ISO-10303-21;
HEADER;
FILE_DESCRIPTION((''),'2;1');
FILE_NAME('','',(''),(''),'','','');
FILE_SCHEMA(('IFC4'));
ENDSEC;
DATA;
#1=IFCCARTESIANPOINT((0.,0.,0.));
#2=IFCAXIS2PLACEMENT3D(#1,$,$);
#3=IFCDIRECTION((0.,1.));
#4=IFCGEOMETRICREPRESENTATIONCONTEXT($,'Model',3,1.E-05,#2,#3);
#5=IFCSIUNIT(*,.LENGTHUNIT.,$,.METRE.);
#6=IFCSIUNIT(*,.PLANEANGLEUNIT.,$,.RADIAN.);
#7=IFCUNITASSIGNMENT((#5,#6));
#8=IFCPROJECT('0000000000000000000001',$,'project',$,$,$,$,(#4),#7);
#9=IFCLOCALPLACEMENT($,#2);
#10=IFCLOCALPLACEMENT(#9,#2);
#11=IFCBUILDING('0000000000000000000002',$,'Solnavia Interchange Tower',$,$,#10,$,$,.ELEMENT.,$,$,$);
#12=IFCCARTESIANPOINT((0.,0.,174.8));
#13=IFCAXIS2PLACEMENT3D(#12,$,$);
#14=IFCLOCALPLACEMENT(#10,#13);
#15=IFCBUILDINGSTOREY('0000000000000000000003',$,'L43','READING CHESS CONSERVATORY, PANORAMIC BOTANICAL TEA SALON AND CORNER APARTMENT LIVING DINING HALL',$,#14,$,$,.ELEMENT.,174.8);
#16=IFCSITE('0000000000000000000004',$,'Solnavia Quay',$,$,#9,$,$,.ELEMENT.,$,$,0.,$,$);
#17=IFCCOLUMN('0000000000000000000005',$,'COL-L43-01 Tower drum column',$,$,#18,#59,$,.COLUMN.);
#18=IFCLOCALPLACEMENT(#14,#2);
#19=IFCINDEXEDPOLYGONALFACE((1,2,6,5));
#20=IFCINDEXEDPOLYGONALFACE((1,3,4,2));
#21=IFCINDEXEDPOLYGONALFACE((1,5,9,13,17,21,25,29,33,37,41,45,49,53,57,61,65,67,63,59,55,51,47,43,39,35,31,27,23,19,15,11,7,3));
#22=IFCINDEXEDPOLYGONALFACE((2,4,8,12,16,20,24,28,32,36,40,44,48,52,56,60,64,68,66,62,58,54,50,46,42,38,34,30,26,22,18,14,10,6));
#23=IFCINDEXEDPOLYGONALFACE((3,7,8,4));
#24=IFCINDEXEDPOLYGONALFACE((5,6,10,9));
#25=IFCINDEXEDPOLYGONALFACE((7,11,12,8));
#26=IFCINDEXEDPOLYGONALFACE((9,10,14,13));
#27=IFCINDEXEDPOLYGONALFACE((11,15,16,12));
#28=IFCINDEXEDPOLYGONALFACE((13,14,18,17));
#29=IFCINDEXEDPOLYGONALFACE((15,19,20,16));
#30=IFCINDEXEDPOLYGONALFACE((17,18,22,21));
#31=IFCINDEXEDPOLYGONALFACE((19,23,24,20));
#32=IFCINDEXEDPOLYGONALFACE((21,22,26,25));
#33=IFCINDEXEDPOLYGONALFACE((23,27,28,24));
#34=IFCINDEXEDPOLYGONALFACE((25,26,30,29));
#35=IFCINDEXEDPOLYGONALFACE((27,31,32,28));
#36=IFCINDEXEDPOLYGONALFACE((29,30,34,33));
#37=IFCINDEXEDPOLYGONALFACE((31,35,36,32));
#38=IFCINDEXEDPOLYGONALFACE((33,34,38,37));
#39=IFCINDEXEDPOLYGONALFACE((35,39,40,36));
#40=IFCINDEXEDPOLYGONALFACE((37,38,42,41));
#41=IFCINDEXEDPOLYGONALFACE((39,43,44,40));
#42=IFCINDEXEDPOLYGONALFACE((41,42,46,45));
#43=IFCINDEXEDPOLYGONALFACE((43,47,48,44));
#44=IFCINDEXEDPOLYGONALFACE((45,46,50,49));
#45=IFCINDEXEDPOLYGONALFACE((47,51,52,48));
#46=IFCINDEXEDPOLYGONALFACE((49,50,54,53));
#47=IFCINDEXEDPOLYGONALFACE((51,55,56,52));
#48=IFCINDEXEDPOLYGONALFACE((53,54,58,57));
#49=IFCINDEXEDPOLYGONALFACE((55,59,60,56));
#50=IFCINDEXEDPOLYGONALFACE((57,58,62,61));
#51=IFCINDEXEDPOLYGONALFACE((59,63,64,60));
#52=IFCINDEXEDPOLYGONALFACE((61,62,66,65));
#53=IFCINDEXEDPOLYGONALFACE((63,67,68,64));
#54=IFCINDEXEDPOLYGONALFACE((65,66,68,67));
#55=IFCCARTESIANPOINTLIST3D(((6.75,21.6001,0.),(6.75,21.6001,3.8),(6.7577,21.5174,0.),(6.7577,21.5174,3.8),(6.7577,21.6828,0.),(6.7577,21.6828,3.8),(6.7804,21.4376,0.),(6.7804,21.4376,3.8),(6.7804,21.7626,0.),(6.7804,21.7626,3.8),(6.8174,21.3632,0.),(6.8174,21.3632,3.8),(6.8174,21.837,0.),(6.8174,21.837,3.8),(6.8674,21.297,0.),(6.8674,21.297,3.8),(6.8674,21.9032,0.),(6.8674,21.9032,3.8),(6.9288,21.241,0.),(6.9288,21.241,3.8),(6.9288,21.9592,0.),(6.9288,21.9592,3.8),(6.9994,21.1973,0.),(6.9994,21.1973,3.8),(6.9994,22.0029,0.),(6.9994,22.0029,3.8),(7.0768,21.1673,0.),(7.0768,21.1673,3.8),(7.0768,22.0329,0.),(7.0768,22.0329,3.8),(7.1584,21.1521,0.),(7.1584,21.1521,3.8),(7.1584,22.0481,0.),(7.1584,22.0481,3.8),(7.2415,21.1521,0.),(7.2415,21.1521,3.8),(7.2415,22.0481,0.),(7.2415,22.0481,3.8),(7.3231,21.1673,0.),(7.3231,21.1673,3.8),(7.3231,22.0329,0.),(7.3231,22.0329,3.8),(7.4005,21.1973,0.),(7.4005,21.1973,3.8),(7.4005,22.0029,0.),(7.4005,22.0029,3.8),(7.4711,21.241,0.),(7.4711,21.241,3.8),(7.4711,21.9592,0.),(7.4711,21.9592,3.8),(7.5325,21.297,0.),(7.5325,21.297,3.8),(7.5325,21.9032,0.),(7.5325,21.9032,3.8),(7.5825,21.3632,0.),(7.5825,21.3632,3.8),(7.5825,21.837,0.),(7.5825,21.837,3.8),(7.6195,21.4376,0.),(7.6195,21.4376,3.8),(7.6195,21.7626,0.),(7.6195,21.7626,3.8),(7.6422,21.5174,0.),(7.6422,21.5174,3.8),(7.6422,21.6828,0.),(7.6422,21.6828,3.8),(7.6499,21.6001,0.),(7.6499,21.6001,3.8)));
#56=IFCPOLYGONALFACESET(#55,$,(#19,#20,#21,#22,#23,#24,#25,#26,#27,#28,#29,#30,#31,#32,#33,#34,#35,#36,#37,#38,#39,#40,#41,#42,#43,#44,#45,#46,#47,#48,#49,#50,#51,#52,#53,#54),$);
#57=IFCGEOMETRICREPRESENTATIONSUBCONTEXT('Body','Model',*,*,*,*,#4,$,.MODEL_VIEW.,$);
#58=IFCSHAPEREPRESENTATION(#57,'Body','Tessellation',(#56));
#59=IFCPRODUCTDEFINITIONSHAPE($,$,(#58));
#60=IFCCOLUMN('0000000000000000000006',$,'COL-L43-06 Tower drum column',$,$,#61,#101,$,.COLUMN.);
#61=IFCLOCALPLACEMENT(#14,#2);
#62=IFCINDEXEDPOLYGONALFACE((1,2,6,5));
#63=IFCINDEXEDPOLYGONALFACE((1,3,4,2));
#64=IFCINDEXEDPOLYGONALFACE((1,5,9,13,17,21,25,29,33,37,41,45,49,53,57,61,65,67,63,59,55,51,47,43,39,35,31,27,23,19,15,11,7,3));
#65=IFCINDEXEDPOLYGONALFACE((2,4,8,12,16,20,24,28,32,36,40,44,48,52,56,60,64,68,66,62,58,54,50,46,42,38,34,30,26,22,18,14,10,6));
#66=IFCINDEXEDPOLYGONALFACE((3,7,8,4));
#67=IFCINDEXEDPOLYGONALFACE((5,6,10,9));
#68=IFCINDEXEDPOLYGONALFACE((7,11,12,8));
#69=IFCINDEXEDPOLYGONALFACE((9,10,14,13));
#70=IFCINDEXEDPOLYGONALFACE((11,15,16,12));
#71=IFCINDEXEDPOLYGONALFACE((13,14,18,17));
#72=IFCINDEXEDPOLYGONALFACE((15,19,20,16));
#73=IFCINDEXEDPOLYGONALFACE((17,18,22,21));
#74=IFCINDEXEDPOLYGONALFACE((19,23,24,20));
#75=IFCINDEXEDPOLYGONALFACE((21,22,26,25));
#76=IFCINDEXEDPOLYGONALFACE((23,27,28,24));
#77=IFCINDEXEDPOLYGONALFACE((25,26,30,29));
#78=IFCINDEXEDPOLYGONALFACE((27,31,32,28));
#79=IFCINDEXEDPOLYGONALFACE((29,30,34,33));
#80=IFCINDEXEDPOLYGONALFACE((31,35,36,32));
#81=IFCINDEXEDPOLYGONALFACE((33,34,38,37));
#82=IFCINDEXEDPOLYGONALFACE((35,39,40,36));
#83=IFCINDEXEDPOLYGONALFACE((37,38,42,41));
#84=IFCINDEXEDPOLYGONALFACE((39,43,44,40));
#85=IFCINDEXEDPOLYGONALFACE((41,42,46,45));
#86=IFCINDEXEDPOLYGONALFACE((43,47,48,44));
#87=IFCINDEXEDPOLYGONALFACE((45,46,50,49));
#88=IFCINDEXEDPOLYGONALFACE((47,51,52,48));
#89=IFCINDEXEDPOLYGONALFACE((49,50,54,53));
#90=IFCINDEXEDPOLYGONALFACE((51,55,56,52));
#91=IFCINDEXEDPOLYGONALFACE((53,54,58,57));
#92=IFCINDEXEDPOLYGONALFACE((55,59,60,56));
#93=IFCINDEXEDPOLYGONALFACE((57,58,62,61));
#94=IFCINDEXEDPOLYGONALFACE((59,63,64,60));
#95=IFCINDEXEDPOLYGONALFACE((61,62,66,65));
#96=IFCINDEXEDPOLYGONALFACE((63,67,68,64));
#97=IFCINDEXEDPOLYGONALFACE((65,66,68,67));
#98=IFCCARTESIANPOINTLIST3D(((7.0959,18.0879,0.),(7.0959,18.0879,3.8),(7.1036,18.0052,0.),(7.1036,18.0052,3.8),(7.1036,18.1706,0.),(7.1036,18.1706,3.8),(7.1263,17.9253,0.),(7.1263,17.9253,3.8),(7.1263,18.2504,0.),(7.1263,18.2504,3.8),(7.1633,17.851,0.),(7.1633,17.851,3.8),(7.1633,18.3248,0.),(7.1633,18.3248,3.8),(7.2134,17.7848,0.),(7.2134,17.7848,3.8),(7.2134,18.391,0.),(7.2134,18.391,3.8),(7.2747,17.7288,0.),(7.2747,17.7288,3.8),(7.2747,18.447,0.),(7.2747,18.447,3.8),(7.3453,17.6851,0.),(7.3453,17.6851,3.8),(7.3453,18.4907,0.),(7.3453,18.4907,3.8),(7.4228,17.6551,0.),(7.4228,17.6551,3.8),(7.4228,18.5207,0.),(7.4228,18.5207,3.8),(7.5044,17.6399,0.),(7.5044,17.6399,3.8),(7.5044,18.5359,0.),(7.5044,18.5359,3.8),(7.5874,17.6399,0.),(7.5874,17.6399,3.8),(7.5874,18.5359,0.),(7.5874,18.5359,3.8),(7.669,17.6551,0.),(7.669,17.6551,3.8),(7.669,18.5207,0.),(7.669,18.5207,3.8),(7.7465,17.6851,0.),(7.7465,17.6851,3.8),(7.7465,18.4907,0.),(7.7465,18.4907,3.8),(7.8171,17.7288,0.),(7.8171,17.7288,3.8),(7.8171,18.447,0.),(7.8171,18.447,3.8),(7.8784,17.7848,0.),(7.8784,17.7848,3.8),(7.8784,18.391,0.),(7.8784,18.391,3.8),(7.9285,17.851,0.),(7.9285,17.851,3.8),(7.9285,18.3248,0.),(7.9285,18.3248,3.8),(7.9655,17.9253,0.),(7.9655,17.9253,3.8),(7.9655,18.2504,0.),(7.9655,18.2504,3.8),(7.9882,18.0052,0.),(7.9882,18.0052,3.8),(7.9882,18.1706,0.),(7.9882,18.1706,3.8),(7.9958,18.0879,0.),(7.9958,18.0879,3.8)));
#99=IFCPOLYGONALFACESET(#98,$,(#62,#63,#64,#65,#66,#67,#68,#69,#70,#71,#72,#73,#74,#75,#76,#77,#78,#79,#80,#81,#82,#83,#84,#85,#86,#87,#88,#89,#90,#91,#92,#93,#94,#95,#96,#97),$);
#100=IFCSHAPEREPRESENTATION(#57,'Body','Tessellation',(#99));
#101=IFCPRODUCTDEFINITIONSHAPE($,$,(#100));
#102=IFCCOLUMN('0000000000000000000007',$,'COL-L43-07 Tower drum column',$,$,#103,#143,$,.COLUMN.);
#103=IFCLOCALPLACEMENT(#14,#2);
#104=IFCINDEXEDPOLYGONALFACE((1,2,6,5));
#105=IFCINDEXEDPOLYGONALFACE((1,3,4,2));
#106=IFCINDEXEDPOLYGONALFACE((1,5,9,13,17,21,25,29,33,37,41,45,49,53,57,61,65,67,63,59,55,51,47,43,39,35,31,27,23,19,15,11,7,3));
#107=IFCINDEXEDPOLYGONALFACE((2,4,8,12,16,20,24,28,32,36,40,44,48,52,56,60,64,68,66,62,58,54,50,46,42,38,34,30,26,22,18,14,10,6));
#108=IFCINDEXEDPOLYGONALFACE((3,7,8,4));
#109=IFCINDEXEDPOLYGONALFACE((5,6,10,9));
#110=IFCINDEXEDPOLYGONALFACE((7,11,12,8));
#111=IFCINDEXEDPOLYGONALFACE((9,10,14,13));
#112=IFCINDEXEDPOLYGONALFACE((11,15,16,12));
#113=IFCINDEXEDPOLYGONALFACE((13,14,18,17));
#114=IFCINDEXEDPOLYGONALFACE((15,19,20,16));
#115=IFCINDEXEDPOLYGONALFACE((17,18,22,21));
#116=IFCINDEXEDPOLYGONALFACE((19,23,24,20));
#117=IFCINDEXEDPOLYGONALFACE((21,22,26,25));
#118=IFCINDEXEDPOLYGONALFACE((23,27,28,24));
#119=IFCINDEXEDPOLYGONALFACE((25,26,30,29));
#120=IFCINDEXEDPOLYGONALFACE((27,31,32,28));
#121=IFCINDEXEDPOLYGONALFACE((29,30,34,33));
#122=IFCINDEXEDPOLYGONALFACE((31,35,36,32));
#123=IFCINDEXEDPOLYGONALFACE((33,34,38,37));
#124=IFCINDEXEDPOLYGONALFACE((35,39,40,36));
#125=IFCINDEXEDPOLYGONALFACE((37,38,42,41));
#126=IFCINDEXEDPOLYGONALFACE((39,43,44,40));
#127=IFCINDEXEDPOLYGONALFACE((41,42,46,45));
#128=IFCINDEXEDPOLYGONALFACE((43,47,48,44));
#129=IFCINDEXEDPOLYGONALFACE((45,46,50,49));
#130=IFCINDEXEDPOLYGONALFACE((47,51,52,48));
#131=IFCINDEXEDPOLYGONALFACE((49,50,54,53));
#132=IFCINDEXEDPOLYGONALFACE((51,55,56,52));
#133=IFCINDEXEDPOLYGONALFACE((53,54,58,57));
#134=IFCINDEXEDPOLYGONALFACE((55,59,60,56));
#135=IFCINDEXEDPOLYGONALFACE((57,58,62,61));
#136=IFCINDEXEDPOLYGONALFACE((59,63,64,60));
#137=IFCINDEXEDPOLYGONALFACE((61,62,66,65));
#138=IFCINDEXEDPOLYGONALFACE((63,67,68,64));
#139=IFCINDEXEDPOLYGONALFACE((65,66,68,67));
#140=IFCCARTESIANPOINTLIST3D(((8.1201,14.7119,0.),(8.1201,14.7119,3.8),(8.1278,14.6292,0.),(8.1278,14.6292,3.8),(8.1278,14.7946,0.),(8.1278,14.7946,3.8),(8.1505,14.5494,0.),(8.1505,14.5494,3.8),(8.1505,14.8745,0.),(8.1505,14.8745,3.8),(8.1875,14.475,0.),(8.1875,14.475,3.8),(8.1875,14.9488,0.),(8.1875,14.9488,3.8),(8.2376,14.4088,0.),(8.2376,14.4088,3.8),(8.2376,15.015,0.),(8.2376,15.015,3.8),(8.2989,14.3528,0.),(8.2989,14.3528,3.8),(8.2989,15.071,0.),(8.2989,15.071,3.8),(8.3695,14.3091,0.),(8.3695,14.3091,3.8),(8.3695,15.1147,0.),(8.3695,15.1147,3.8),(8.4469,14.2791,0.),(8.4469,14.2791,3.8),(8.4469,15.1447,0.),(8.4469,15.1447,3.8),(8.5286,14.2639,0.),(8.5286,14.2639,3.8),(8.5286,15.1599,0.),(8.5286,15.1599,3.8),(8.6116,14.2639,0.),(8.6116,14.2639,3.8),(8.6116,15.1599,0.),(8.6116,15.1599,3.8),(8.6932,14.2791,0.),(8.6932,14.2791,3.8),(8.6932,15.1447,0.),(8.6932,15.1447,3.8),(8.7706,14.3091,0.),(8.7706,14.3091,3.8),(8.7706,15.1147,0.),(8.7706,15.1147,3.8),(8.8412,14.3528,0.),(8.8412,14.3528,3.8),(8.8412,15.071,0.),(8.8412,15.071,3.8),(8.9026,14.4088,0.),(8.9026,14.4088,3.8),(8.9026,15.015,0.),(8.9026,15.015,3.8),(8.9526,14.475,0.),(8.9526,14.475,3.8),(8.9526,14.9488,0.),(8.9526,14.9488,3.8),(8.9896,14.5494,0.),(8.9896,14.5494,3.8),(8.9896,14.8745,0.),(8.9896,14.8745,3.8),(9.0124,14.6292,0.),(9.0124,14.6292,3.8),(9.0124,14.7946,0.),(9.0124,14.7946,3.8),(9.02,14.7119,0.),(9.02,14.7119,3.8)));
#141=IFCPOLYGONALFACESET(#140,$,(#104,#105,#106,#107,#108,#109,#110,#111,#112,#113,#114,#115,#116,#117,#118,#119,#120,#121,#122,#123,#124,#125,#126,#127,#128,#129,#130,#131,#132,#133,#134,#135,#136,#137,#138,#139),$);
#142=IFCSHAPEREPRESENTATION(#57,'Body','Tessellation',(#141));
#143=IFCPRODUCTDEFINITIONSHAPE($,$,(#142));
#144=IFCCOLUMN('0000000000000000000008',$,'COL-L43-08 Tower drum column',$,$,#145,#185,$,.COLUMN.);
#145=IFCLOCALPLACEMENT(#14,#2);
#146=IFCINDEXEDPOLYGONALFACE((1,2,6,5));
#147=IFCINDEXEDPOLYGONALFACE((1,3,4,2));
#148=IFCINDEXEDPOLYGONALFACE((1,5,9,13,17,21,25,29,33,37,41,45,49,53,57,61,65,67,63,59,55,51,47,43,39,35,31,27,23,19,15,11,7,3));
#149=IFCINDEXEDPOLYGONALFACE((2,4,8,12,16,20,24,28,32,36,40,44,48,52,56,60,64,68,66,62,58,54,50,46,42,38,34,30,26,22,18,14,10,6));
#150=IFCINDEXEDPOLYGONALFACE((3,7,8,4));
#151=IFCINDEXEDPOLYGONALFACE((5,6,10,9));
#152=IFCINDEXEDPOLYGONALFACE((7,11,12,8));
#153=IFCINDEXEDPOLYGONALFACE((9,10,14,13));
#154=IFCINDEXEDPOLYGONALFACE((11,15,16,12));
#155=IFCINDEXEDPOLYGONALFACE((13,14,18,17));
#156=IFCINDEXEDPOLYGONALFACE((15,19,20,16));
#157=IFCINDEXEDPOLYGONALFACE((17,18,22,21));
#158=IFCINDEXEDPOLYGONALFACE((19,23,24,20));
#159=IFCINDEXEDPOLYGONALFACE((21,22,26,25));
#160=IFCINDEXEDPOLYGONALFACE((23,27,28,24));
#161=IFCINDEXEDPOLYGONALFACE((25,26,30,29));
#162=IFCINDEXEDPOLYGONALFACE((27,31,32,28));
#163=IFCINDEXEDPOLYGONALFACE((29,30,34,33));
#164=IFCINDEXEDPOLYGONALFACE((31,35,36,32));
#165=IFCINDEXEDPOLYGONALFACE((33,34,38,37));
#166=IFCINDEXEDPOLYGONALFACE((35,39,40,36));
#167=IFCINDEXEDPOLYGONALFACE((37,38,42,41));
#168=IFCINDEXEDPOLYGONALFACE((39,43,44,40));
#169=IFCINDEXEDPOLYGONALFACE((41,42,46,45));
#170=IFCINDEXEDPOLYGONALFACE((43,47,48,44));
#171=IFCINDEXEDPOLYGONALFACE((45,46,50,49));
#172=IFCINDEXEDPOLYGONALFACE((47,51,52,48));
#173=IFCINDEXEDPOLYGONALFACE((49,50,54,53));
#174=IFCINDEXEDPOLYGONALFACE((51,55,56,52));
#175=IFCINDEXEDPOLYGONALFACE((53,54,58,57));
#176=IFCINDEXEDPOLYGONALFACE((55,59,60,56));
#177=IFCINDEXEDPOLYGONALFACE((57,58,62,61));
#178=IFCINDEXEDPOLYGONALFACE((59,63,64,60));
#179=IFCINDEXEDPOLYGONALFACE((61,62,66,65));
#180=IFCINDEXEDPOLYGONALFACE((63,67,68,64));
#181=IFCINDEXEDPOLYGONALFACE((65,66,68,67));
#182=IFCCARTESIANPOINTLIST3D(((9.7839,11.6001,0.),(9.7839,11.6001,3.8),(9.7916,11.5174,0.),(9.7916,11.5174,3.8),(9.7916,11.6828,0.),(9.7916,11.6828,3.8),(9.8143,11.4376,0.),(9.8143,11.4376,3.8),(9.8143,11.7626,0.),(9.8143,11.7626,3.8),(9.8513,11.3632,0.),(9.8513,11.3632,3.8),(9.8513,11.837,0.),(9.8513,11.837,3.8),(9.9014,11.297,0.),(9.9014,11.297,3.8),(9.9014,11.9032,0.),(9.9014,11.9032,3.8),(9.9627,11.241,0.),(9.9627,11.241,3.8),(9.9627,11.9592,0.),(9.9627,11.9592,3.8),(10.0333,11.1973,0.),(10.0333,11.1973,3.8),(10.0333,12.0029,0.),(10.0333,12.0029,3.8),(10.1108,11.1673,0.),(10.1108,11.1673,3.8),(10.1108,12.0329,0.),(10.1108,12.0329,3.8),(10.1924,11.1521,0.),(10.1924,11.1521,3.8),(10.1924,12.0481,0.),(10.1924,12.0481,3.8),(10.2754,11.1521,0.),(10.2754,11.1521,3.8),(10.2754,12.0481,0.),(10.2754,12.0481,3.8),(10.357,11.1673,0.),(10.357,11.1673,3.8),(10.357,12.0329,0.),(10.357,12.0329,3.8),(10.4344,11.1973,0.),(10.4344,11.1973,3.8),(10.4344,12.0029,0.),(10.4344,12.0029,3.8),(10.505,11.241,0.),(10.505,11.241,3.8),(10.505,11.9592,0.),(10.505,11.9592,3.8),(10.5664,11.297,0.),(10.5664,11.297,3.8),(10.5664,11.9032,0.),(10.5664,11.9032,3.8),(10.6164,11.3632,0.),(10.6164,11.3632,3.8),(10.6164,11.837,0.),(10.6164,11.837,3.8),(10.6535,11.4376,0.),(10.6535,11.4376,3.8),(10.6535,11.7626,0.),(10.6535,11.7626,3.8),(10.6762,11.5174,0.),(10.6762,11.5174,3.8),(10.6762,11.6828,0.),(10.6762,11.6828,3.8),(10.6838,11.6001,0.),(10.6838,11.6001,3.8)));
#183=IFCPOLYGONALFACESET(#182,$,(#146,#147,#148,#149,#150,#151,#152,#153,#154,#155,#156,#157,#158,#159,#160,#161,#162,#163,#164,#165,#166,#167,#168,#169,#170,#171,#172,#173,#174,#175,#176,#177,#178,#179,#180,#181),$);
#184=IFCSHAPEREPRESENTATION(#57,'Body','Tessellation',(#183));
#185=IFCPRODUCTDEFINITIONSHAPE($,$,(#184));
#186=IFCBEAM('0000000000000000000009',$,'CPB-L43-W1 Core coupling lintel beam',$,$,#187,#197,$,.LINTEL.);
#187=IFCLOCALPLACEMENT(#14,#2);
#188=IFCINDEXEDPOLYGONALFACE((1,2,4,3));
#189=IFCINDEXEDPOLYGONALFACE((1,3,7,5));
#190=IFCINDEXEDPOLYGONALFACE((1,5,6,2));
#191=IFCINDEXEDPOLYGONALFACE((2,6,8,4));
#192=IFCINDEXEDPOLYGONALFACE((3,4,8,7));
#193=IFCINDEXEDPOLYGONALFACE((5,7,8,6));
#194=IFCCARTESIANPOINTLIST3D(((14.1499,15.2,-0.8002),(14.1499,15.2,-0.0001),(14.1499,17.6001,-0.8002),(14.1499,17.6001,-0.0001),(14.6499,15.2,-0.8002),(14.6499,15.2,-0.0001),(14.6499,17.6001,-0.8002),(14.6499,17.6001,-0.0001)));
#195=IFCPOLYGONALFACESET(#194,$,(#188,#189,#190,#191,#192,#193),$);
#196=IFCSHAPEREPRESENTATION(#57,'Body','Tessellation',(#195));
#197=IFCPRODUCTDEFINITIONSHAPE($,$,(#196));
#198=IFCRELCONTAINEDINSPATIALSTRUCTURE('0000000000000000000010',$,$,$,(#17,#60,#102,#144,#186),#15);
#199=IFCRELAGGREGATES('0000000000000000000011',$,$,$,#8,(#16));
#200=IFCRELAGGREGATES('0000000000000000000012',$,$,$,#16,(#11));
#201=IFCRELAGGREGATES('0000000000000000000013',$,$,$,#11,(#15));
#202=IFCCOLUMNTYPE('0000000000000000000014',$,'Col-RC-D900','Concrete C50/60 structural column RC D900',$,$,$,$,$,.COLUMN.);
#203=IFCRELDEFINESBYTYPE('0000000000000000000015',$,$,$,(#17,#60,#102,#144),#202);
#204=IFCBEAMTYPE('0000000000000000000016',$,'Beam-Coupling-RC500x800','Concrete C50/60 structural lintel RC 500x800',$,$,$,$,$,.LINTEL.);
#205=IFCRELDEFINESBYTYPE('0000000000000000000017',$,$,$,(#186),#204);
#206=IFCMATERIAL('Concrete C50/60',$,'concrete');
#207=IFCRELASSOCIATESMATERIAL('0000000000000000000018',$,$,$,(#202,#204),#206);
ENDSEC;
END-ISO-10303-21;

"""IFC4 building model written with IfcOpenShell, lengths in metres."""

from ifc_helpers import new_model, si_unit, direction, frame, origin, origin_2d, place, context, subcontext, project, spatial, rectangle, circle, extrude, material, material_profile, profile_set, type_object, element, save


model = new_model("IFC4")

# Units and contexts
model_context = context("Model", 3, precision=1e-05, world=origin(), true_north=direction((0.0, 1.0)))
body_context = subcontext(model_context, "Body", "Model", "MODEL_VIEW")
ifc_project = project(units=[si_unit("LENGTHUNIT", "METRE"), si_unit("PLANEANGLEUNIT", "RADIAN")], contexts=[model_context])

# Site, building, storey
site_placement = place(None, origin())
site = spatial("IfcSite", under=ifc_project, at=site_placement, Name="Solnavia Quay", CompositionType="ELEMENT", RefElevation=0.0)
building_placement = place(site_placement, origin())
building = spatial("IfcBuilding", under=site, at=building_placement, Name="Solnavia Interchange Tower", CompositionType="ELEMENT")
storey_placement = place(building_placement, frame((0.0, 0.0, 174.8)))
storey = spatial("IfcBuildingStorey", under=building, at=storey_placement, Name="L43", Description="READING CHESS CONSERVATORY, PANORAMIC BOTANICAL TEA SALON AND CORNER APARTMENT LIVING DINING HALL", CompositionType="ELEMENT", Elevation=174.8)

# Columns
ifc_material_1 = material(Name="Concrete C50/60", Category="concrete")
ifc_material_profile_1 = material_profile(ifc_material_1, circle(Radius=0.45, at=origin_2d()), Name="RC D900")
ifc_profile_set_1 = profile_set([ifc_material_profile_1], Name="Concrete C50/60")
column_type = type_object("IfcColumnType", Name="Col-RC-D900", Description="Concrete C50/60 structural column RC D900", PredefinedType="COLUMN", material=ifc_profile_set_1)
for number, where, z_axis, x_axis, name in (
    (1, (7.2, 21.6001, 0.0), (0.0, 0.0, 1.0), (1.0, 0.0, 0.0), "COL-L43-01 Tower drum column"),
    (2, (7.5459, 18.0879, 0.0), (0.0, 0.0, 1.0), (1.0, 0.0, 0.0), "COL-L43-06 Tower drum column"),
    (3, (8.5701, 14.7119, 0.0), (0.0, 0.0, 1.0), (1.0, 0.0, 0.0), "COL-L43-07 Tower drum column"),
    (4, (10.2339, 11.6001, 0.0), (0.0, 0.0, 1.0), (1.0, 0.0, 0.0), "COL-L43-08 Tower drum column"),
):
    element("IfcColumn", number, at=place(storey_placement, frame(where, z_axis=z_axis, x_axis=x_axis)), inside=storey, type_object=column_type, Name=name, PredefinedType="COLUMN", context=body_context, shape_type="SweptSolid", body=[
        extrude(circle(Radius=0.45, at=origin_2d()), origin(), (0.0, 0.0, 1.0), 3.8),
    ])

# Beam
ifc_material_profile_2 = material_profile(ifc_material_1, rectangle(XDim=0.5, YDim=0.8, at=origin_2d()), Name="RC 500x800")
ifc_profile_set_2 = profile_set([ifc_material_profile_2], Name="Concrete C50/60")
beam_type_1 = type_object("IfcBeamType", Name="Beam-Coupling-RC500x800", Description="Concrete C50/60 structural lintel RC 500x800", PredefinedType="LINTEL", material=ifc_profile_set_2)
beam_1_placement = place(storey_placement, frame((14.3999, 15.2, -0.4001), z_axis=(0.0, 1.0, 0.0), x_axis=(-1.0, 0.0, 0.0)))
element("IfcBeam", 5, at=beam_1_placement, inside=storey, type_object=beam_type_1, Name="CPB-L43-W1 Core coupling lintel beam", PredefinedType="LINTEL", context=body_context, shape_type="SweptSolid", body=[
    extrude(rectangle(XDim=0.5, YDim=0.8, at=origin_2d()), origin(), (0.0, 0.0, 1.0), 2.4001),
])

save(model, "model.ifc")
